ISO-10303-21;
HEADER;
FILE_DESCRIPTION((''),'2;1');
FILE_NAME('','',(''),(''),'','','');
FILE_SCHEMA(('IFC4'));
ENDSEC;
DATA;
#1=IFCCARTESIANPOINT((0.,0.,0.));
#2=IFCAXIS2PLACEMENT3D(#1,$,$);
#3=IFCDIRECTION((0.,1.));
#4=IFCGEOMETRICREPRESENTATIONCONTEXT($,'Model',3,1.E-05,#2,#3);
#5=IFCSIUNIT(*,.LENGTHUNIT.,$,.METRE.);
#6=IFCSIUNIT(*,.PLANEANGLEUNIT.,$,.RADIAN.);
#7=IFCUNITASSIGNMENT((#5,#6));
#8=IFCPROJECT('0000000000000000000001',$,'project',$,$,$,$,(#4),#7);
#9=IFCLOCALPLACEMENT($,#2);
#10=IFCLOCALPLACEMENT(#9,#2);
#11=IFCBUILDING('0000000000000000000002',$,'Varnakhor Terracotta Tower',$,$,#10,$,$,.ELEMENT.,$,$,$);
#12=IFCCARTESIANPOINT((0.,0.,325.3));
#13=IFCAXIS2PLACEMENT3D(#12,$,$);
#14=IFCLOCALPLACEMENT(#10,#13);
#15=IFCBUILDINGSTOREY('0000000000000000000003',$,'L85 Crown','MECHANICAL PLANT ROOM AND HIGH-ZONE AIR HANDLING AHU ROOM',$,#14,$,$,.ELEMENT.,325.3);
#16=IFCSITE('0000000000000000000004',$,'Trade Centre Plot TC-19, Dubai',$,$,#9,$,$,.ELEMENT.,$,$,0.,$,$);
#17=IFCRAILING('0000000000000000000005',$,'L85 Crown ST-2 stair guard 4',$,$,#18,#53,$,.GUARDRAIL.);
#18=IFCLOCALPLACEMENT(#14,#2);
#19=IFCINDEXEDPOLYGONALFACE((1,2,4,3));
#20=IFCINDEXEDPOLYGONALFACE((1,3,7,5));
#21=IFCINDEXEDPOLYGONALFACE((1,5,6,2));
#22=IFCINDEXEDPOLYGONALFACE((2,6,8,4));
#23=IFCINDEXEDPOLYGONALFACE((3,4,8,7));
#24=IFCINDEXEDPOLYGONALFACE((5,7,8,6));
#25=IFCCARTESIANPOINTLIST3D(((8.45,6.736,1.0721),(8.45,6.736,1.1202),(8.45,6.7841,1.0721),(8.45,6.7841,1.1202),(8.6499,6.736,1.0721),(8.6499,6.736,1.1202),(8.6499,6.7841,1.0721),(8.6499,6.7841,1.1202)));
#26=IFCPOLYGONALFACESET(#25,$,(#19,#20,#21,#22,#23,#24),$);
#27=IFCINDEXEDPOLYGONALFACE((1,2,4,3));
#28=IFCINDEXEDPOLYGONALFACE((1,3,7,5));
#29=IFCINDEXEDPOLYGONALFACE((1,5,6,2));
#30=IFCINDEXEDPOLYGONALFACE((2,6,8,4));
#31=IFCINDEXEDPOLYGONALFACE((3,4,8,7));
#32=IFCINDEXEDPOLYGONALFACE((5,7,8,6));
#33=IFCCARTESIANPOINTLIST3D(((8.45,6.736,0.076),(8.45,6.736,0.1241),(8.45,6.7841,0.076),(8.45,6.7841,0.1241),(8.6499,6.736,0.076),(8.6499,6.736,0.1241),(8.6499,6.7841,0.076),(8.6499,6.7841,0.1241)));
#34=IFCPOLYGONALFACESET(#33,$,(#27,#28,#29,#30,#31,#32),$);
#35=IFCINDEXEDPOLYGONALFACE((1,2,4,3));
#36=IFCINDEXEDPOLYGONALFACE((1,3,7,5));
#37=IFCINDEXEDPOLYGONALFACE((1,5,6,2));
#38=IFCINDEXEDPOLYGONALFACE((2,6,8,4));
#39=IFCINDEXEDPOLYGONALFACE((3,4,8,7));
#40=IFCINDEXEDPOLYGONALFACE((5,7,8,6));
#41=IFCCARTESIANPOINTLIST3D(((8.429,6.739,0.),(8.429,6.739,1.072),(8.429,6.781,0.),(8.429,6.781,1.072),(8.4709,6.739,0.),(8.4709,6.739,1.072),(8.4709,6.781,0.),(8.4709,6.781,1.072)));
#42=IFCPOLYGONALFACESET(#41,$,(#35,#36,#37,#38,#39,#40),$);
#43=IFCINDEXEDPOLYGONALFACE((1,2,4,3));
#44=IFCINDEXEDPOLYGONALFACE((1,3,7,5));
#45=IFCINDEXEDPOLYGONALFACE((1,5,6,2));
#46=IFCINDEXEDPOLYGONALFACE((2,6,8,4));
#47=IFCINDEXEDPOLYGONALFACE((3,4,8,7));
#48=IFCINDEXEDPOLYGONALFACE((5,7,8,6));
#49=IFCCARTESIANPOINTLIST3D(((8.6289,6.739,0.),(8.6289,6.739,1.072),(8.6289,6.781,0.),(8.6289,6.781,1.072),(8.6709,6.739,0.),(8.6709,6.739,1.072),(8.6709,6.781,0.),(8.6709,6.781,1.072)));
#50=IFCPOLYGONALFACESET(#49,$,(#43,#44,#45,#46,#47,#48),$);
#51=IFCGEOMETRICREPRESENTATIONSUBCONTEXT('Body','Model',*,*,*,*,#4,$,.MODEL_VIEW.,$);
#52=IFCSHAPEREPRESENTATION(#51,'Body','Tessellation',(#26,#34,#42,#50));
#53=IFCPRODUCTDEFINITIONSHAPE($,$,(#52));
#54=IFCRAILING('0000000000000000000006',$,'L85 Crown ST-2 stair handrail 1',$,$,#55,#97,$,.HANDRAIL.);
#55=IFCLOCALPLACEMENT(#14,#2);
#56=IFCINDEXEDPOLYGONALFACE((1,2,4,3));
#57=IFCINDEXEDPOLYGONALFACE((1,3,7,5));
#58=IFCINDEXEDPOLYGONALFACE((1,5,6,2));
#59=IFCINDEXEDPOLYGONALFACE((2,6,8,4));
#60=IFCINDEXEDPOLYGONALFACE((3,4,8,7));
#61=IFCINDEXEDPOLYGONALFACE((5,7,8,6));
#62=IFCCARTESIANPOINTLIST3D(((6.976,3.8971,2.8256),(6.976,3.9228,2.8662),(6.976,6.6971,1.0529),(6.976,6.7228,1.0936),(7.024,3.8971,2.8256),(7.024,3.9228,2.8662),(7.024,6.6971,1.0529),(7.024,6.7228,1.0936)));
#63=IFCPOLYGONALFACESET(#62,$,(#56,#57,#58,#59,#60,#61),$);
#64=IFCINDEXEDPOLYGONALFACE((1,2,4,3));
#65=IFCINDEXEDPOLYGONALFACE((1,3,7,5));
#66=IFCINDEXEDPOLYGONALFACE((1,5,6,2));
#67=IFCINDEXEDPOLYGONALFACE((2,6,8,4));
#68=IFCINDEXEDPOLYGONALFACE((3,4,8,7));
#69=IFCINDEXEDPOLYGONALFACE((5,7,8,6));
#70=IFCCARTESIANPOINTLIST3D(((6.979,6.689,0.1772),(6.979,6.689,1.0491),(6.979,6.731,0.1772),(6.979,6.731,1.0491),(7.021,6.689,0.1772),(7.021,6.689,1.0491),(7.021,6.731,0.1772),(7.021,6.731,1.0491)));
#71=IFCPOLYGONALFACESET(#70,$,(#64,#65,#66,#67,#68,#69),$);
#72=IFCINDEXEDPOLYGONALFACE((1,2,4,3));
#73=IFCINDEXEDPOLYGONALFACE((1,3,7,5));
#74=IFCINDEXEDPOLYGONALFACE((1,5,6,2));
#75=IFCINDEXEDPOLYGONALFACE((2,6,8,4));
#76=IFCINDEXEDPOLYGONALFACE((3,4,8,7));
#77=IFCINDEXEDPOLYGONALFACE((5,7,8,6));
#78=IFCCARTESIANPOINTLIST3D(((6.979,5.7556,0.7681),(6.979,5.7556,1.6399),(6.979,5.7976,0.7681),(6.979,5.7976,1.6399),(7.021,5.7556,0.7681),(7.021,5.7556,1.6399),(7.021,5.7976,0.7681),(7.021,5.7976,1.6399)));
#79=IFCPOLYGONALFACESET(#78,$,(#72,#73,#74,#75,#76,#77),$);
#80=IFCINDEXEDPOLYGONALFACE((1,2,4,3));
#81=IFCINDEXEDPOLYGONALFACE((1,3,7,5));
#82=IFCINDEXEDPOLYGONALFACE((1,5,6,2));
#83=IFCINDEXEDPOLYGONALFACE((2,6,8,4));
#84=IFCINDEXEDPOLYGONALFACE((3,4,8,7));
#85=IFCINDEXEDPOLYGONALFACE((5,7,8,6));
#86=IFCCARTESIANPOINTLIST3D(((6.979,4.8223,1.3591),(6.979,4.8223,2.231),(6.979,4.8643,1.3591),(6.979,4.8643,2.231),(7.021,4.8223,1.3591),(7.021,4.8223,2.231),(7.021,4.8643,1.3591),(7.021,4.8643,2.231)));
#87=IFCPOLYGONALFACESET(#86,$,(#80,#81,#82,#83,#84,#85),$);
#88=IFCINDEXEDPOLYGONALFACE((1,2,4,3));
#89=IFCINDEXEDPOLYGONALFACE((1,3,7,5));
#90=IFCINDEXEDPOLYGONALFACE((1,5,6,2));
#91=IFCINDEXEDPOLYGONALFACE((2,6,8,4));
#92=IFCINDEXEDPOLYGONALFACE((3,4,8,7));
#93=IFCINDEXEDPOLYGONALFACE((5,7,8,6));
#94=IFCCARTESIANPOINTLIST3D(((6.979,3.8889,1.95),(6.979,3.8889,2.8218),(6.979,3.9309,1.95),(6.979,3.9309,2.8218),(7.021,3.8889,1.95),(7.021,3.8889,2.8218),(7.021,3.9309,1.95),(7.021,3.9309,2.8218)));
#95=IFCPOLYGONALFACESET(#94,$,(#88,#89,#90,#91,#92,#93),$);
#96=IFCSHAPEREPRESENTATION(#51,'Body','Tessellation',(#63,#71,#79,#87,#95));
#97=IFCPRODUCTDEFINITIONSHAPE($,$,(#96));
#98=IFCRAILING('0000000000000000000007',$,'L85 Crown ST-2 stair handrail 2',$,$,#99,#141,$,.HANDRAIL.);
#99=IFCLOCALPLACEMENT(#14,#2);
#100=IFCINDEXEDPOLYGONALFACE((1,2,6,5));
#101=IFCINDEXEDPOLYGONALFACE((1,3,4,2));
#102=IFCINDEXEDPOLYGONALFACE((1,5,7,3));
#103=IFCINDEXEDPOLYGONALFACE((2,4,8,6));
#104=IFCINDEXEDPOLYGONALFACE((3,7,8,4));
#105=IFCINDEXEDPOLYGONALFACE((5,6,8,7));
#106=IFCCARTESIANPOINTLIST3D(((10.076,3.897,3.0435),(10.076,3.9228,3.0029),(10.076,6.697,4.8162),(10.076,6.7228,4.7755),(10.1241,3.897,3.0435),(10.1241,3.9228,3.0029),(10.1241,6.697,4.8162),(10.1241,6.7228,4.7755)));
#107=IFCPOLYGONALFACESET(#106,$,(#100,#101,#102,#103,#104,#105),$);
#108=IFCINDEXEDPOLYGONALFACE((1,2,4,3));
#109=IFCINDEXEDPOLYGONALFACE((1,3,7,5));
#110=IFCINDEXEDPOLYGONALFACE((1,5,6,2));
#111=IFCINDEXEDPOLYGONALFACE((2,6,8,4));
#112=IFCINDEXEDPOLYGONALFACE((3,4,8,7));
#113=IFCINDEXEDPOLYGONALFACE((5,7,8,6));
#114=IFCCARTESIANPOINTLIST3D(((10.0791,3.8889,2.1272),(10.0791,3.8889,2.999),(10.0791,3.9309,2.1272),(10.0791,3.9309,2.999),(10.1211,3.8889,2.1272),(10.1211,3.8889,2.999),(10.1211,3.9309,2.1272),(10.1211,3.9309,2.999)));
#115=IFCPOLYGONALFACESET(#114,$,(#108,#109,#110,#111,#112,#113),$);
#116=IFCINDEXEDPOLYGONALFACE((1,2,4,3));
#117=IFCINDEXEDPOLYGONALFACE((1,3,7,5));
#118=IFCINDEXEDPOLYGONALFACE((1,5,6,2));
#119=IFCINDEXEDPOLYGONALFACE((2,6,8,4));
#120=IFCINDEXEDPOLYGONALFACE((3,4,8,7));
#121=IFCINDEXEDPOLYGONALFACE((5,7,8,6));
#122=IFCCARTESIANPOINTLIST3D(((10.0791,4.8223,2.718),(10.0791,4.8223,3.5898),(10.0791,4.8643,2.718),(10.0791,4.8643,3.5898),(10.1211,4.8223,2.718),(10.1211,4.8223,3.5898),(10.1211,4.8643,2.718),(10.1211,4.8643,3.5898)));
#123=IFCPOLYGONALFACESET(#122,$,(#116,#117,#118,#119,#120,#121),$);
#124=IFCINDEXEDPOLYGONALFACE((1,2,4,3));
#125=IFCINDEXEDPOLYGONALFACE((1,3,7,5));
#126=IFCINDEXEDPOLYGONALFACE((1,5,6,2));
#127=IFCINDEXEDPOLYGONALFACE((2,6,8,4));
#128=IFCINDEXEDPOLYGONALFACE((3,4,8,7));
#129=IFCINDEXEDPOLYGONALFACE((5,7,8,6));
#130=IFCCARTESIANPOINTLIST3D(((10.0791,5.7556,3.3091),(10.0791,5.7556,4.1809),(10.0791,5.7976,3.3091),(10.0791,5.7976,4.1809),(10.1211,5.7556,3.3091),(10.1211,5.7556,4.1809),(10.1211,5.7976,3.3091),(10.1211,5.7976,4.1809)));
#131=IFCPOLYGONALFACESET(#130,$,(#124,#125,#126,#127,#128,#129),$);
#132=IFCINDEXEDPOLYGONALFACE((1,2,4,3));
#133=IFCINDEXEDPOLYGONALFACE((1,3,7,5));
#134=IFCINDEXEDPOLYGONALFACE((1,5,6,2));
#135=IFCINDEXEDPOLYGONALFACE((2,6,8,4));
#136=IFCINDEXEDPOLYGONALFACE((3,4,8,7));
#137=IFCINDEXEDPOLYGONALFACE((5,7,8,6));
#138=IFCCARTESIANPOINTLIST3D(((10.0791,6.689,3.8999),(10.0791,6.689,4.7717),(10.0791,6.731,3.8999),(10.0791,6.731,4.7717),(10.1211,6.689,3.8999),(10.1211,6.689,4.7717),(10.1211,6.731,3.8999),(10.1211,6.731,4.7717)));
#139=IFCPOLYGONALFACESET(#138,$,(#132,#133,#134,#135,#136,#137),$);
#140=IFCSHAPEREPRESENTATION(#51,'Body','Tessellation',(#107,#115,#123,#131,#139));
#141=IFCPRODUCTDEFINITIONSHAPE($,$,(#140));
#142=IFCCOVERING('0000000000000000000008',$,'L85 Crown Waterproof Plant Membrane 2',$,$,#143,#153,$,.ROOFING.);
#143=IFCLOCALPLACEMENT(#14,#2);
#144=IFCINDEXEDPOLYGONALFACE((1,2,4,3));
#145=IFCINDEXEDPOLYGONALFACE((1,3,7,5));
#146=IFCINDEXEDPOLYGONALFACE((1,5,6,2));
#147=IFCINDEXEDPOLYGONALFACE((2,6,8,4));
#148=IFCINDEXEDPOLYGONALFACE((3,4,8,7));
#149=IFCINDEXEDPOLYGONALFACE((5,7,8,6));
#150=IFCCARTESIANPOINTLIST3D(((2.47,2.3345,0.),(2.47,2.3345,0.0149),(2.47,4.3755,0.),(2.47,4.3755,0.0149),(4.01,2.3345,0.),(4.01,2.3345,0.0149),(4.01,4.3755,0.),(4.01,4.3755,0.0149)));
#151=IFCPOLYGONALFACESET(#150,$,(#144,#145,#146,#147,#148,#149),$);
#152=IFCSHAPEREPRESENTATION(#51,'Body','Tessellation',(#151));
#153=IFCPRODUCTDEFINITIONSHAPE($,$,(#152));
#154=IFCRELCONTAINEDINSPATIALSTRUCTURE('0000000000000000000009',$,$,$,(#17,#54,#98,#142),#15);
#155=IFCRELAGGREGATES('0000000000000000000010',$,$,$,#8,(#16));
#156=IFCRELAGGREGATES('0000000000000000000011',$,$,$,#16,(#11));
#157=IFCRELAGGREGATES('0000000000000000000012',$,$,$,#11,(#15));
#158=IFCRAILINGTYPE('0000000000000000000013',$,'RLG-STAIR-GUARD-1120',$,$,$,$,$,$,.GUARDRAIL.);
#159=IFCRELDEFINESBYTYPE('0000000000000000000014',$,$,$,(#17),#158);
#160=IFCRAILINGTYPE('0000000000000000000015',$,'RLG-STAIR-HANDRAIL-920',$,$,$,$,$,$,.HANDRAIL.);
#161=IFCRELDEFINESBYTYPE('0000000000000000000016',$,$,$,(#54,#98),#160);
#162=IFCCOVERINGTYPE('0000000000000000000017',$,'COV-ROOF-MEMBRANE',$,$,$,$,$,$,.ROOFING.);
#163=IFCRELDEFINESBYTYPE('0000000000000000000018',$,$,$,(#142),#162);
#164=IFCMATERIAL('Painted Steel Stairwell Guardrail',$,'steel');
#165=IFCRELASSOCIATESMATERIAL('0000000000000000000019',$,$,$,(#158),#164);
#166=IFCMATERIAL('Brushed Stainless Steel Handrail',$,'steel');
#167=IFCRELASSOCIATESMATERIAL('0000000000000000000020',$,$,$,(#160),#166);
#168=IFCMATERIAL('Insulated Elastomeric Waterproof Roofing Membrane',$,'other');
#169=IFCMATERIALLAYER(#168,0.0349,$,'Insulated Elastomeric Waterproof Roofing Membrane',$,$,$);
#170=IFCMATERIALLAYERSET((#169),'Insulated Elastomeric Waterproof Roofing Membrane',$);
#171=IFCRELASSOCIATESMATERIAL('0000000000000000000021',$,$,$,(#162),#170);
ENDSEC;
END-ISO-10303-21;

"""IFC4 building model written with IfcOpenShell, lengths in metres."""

from ifc_helpers import new_model, si_unit, direction, frame, origin, origin_2d, place, context, subcontext, project, spatial, rectangle, extrude, source, transform, mapped, material, layer, layer_set, type_object, element, save


model = new_model("IFC4")

# Units and contexts
model_context = context("Model", 3, precision=1e-05, world=origin(), true_north=direction((0.0, 1.0)))
body_context = subcontext(model_context, "Body", "Model", "MODEL_VIEW")
ifc_project = project(units=[si_unit("LENGTHUNIT", "METRE"), si_unit("PLANEANGLEUNIT", "RADIAN")], contexts=[model_context])

# Site, building, storey
site_placement = place(None, origin())
site = spatial("IfcSite", under=ifc_project, at=site_placement, Name="Trade Centre Plot TC-19, Dubai", CompositionType="ELEMENT", RefElevation=0.0)
building_placement = place(site_placement, origin())
building = spatial("IfcBuilding", under=site, at=building_placement, Name="Varnakhor Terracotta Tower", CompositionType="ELEMENT")
storey_placement = place(building_placement, frame((0.0, 0.0, 325.3)))
storey = spatial("IfcBuildingStorey", under=building, at=storey_placement, Name="L85 Crown", Description="MECHANICAL PLANT ROOM AND HIGH-ZONE AIR HANDLING AHU ROOM", CompositionType="ELEMENT", Elevation=325.3)

# Railings
ifc_material_1 = material(Name="Painted Steel Stairwell Guardrail", Category="steel")
railing_type_1 = type_object("IfcRailingType", Name="RLG-STAIR-GUARD-1120", PredefinedType="GUARDRAIL", material=ifc_material_1)
railing_1_placement = place(storey_placement, frame((8.45, 6.76, 0.0)))
element("IfcRailing", 1, at=railing_1_placement, inside=storey, type_object=railing_type_1, Name="L85 Crown ST-2 stair guard 4", PredefinedType="GUARDRAIL", context=body_context, shape_type="SweptSolid", body=[
    extrude(rectangle(XDim=0.0481, YDim=0.0481, at=origin_2d()), frame((0.0, 0.0, 1.0962), z_axis=(1.0, 0.0, 0.0), x_axis=(0.0, 1.0, 0.0)), (0.0, 0.0, 1.0), 0.2),
    extrude(rectangle(XDim=0.0481, YDim=0.0481, at=origin_2d()), frame((0.0, 0.0, 0.1001), z_axis=(1.0, 0.0, 0.0), x_axis=(0.0, 1.0, 0.0)), (0.0, 0.0, 1.0), 0.2),
    extrude(rectangle(XDim=0.042, YDim=0.042, at=origin_2d()), origin(), (0.0, 0.0, 1.0), 1.072),
    extrude(rectangle(XDim=0.042, YDim=0.042, at=origin_2d()), frame((0.2, 0.0, 0.0)), (0.0, 0.0, 1.0), 1.072),
])
ifc_material_2 = material(Name="Brushed Stainless Steel Handrail", Category="steel")
railing_type_2 = type_object("IfcRailingType", Name="RLG-STAIR-HANDRAIL-920", PredefinedType="HANDRAIL", material=ifc_material_2)
railing_2_placement = place(storey_placement, frame((7.0, 6.71, 0.1772)))
element("IfcRailing", 2, at=railing_2_placement, inside=storey, type_object=railing_type_2, Name="L85 Crown ST-2 stair handrail 1", PredefinedType="HANDRAIL", context=body_context, shape_type="SweptSolid", body=[
    extrude(rectangle(XDim=0.0481, YDim=0.0481, at=origin_2d()), frame((0.0, 0.0, 0.896), z_axis=(0.0, -0.844909, 0.53491), x_axis=(1.0, 0.0, 0.0)), (0.0, 0.0, 1.0), 3.314),
    extrude(rectangle(XDim=0.042, YDim=0.042, at=origin_2d()), origin(), (0.0, 0.0, 1.0), 0.8718),
    extrude(rectangle(XDim=0.042, YDim=0.042, at=origin_2d()), frame((0.0, -0.9333, 0.5908)), (0.0, 0.0, 1.0), 0.8718),
    extrude(rectangle(XDim=0.042, YDim=0.042, at=origin_2d()), frame((0.0, -1.8667, 1.1819)), (0.0, 0.0, 1.0), 0.8718),
    extrude(rectangle(XDim=0.042, YDim=0.042, at=origin_2d()), frame((0.0, -2.8, 1.7727)), (0.0, 0.0, 1.0), 0.8718),
])
railing_3_placement = place(storey_placement, frame((10.1001, 3.9099, 2.1272)))
element("IfcRailing", 3, at=railing_3_placement, inside=storey, type_object=railing_type_2, Name="L85 Crown ST-2 stair handrail 2", PredefinedType="HANDRAIL", context=body_context, shape_type="SweptSolid", body=[
    extrude(rectangle(XDim=0.0481, YDim=0.0481, at=origin_2d()), frame((0.0, 0.0, 0.896), z_axis=(0.0, 0.844909, 0.53491), x_axis=(-1.0, 0.0, 0.0)), (0.0, 0.0, 1.0), 3.314),
    extrude(rectangle(XDim=0.042, YDim=0.042, at=origin_2d()), origin(), (0.0, 0.0, 1.0), 0.8718),
    extrude(rectangle(XDim=0.042, YDim=0.042, at=origin_2d()), frame((0.0, 0.9333, 0.5908)), (0.0, 0.0, 1.0), 0.8718),
    extrude(rectangle(XDim=0.042, YDim=0.042, at=origin_2d()), frame((0.0, 1.8667, 1.1819)), (0.0, 0.0, 1.0), 0.8718),
    extrude(rectangle(XDim=0.042, YDim=0.042, at=origin_2d()), frame((0.0, 2.8, 1.7727)), (0.0, 0.0, 1.0), 0.8718),
])

# Covering
ifc_material_3 = material(Name="Insulated Elastomeric Waterproof Roofing Membrane", Category="other")
ifc_layer_1 = layer(ifc_material_3, 0.0349, Name="Insulated Elastomeric Waterproof Roofing Membrane")
ifc_layer_set_1 = layer_set([ifc_layer_1], Name="Insulated Elastomeric Waterproof Roofing Membrane")
covering_type = type_object("IfcCoveringType", Name="COV-ROOF-MEMBRANE", PredefinedType="ROOFING", material=ifc_layer_set_1)
shared_shape_1 = source(origin(), body_context, "Body", "SweptSolid", [
    extrude(rectangle(XDim=1.54, YDim=2.041, at=origin_2d()), origin(), (0.0, 0.0, 1.0), 0.0149),
])
covering_placement = place(storey_placement, frame((3.24, 3.355, 0.0), z_axis=(0.0, 0.0, 1.0), x_axis=(1.0, 0.0, 0.0)))
element("IfcCovering", 4, at=covering_placement, inside=storey, type_object=covering_type, Name="L85 Crown Waterproof Plant Membrane 2", PredefinedType="ROOFING", context=body_context, shape_type="MappedRepresentation", body=[
    mapped(shared_shape_1, transform((0.0, 0.0, 0.0), scale=1.0)),
])

save(model, "model.ifc")
